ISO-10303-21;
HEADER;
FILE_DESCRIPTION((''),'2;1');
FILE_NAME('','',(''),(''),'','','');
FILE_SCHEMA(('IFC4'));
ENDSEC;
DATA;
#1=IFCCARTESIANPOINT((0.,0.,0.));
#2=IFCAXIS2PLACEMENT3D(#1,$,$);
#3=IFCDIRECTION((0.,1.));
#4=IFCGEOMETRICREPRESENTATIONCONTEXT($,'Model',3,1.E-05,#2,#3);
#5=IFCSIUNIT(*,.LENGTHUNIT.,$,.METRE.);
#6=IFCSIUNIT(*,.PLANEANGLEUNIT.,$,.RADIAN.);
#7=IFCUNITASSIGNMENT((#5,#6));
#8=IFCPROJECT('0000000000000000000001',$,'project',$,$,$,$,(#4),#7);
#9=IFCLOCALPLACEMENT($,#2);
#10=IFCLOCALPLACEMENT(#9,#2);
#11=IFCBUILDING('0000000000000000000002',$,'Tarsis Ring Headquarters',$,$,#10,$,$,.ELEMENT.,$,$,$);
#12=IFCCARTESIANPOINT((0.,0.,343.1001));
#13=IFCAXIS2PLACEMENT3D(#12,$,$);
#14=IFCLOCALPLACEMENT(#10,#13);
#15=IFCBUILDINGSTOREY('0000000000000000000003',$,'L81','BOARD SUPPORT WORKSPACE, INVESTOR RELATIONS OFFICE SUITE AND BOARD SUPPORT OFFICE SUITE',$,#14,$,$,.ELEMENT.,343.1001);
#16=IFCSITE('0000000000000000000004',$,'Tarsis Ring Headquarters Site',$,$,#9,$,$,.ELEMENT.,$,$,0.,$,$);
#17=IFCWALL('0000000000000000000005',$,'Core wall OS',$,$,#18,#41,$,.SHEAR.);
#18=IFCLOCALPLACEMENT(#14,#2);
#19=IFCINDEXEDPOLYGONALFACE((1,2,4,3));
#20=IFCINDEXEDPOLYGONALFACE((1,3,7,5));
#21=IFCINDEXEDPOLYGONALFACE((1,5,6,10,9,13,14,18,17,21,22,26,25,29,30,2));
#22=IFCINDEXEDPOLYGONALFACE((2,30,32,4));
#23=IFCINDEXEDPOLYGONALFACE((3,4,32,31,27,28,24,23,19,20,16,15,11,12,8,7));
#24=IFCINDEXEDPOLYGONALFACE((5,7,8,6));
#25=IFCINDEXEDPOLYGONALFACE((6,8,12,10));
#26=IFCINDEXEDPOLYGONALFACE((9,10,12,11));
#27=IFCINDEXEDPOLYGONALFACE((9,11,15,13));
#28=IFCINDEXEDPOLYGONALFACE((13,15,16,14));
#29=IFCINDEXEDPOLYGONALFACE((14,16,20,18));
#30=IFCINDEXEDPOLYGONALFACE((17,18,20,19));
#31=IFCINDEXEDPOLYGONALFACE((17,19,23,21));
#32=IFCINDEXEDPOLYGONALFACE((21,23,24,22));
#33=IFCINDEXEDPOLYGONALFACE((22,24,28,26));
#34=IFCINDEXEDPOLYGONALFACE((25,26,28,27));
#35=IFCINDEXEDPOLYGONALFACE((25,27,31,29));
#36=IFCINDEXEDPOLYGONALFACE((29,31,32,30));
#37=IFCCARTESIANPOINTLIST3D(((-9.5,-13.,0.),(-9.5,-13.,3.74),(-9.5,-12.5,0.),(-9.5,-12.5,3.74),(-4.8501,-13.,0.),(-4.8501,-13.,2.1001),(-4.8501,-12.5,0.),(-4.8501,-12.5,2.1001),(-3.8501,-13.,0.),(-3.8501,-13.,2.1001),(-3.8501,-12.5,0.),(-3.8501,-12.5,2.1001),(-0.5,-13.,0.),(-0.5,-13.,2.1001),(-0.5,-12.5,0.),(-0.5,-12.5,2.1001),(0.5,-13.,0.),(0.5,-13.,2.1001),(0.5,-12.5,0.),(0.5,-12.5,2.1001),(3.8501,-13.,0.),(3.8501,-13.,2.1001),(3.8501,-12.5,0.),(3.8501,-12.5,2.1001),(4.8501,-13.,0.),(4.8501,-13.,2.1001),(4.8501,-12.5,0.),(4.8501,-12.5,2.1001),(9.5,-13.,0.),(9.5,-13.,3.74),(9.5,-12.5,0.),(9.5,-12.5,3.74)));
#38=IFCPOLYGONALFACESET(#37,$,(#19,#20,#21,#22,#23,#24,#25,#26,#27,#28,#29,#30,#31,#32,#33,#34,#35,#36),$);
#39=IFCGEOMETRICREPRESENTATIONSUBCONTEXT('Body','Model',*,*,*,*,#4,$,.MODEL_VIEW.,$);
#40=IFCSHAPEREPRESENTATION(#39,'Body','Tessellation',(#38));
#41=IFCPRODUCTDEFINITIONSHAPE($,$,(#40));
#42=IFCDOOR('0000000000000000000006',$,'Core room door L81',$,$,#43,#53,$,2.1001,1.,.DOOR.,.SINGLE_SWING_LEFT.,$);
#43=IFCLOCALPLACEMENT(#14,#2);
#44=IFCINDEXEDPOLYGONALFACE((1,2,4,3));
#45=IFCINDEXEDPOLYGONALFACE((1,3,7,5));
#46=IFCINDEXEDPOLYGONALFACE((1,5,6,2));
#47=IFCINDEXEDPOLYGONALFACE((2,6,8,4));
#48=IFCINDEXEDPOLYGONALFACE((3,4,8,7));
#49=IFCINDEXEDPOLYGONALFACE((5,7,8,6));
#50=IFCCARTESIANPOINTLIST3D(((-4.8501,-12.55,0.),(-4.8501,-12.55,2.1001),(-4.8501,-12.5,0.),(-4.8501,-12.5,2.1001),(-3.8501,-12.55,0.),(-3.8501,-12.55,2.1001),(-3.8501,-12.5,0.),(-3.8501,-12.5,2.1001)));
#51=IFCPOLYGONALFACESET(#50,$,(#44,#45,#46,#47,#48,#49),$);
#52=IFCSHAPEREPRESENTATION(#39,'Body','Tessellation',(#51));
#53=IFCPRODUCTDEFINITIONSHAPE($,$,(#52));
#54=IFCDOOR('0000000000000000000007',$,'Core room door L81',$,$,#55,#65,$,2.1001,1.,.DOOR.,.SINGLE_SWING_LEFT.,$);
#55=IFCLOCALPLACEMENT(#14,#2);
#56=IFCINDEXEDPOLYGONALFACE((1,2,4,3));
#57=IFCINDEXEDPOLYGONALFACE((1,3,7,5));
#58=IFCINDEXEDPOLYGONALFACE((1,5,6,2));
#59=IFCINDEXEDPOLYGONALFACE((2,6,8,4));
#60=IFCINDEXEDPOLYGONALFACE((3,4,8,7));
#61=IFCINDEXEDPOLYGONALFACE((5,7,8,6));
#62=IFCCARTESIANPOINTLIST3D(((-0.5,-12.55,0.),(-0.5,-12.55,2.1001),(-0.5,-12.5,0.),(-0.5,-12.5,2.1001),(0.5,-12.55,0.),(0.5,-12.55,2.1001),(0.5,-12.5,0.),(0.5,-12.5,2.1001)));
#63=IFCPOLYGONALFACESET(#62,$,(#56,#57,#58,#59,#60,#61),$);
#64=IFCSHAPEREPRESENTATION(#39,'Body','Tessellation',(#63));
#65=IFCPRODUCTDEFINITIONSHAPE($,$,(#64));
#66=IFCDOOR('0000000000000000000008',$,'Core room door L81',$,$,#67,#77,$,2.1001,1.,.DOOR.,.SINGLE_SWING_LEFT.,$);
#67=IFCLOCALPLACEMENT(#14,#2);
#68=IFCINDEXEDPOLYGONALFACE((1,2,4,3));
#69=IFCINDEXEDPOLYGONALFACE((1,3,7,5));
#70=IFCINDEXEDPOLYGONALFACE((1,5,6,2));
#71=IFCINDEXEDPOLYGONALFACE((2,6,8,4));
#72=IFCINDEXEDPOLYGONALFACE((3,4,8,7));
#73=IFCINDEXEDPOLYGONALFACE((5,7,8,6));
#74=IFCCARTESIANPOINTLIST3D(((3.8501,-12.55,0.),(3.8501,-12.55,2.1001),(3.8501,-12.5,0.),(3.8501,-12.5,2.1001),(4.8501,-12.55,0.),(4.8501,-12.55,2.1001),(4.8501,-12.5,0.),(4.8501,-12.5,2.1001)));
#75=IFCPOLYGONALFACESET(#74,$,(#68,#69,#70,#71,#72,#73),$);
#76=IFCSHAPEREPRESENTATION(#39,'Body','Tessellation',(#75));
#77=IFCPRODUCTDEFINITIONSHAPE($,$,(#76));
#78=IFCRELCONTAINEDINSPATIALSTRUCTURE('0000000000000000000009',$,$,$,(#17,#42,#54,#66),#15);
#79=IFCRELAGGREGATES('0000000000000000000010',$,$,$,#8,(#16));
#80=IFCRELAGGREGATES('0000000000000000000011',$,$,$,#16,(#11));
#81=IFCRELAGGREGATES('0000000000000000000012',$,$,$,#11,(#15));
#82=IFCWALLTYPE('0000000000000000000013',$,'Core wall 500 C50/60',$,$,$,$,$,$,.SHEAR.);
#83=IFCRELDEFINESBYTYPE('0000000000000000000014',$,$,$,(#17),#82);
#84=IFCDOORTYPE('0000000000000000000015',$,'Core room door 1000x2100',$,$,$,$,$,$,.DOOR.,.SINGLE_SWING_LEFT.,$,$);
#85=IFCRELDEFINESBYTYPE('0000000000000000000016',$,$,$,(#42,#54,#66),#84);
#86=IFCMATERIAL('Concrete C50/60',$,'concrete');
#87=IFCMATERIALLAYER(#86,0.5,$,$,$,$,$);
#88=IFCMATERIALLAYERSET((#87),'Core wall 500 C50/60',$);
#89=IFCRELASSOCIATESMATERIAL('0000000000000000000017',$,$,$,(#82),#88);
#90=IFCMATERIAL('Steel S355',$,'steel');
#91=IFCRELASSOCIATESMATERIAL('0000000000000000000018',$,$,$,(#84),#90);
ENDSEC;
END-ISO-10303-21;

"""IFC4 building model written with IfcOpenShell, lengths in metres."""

from ifc_helpers import new_model, si_unit, direction, frame, frame_2d, origin, place, context, subcontext, project, spatial, rectangle, extrude, material, layer, layer_set, type_object, element, fill, save


model = new_model("IFC4")

# Units and contexts
model_context = context("Model", 3, precision=1e-05, world=origin(), true_north=direction((0.0, 1.0)))
body_context = subcontext(model_context, "Body", "Model", "MODEL_VIEW")
ifc_project = project(units=[si_unit("LENGTHUNIT", "METRE"), si_unit("PLANEANGLEUNIT", "RADIAN")], contexts=[model_context])

# Site, building, storey
site_placement = place(None, origin())
site = spatial("IfcSite", under=ifc_project, at=site_placement, Name="Tarsis Ring Headquarters Site", CompositionType="ELEMENT", RefElevation=0.0)
building_placement = place(site_placement, origin())
building = spatial("IfcBuilding", under=site, at=building_placement, Name="Tarsis Ring Headquarters", CompositionType="ELEMENT")
storey_placement = place(building_placement, frame((0.0, 0.0, 343.1001)))
storey = spatial("IfcBuildingStorey", under=building, at=storey_placement, Name="L81", Description="BOARD SUPPORT WORKSPACE, INVESTOR RELATIONS OFFICE SUITE AND BOARD SUPPORT OFFICE SUITE", CompositionType="ELEMENT", Elevation=343.1001)

# Wall, openings, doors
ifc_material_1 = material(Name="Concrete C50/60", Category="concrete")
ifc_layer = layer(ifc_material_1, 0.5)
ifc_layer_set = layer_set([ifc_layer], Name="Core wall 500 C50/60")
wall_type = type_object("IfcWallType", Name="Core wall 500 C50/60", PredefinedType="SHEAR", material=ifc_layer_set)
ifc_material_2 = material(Name="Steel S355", Category="steel")
door_type_1 = type_object("IfcDoorType", Name="Core room door 1000x2100", OperationType="SINGLE_SWING_LEFT", PredefinedType="DOOR", material=ifc_material_2)
wall_1_placement = place(storey_placement, frame((-9.5, -12.75, 0.0), z_axis=(0.0, 0.0, 1.0), x_axis=(1.0, 0.0, 0.0)))
wall_1 = element("IfcWall", 1, at=wall_1_placement, inside=storey, type_object=wall_type, Name="Core wall OS", PredefinedType="SHEAR", context=body_context, shape_type="SweptSolid", body=[
    extrude(rectangle(XDim=19.0, YDim=0.5, at=frame_2d((9.5, 0.0))), origin(), (0.0, 0.0, 1.0), 3.74),
])
opening_1_placement = place(wall_1_placement, frame((4.6499, 0.0, 0.0)))
opening_1 = element("IfcOpeningElement", 2, at=opening_1_placement, cuts=wall_1, PredefinedType="OPENING", context=body_context, shape_type="SweptSolid", body=[
    extrude(rectangle(XDim=1.0, YDim=2.1001, at=frame_2d((0.5, 1.05))), frame((0.0, 0.26, 0.0), z_axis=(0.0, -1.0, 0.0), x_axis=(1.0, 0.0, 0.0)), (0.0, 0.0, 1.0), 0.52),
])
opening_2_placement = place(wall_1_placement, frame((9.0, 0.0, 0.0)))
opening_2 = element("IfcOpeningElement", 3, at=opening_2_placement, cuts=wall_1, PredefinedType="OPENING", context=body_context, shape_type="SweptSolid", body=[
    extrude(rectangle(XDim=1.0, YDim=2.1001, at=frame_2d((0.5, 1.05))), frame((0.0, 0.26, 0.0), z_axis=(0.0, -1.0, 0.0), x_axis=(1.0, 0.0, 0.0)), (0.0, 0.0, 1.0), 0.52),
])
opening_3_placement = place(wall_1_placement, frame((13.3501, 0.0, 0.0)))
opening_3 = element("IfcOpeningElement", 4, at=opening_3_placement, cuts=wall_1, PredefinedType="OPENING", context=body_context, shape_type="SweptSolid", body=[
    extrude(rectangle(XDim=1.0, YDim=2.1001, at=frame_2d((0.5, 1.05))), frame((0.0, 0.26, 0.0), z_axis=(0.0, -1.0, 0.0), x_axis=(1.0, 0.0, 0.0)), (0.0, 0.0, 1.0), 0.52),
])
door_1_placement = place(opening_1_placement, origin())
door_1 = element("IfcDoor", 5, at=door_1_placement, inside=storey, type_object=door_type_1, Name="Core room door L81", OperationType="SINGLE_SWING_LEFT", OverallHeight=2.1001, OverallWidth=1.0, PredefinedType="DOOR", context=body_context, shape_type="SweptSolid", body=[
    extrude(rectangle(XDim=1.0, YDim=2.1001, at=frame_2d((0.5, 1.05))), frame((0.0, 0.25, 0.0), z_axis=(0.0, -1.0, 0.0), x_axis=(1.0, 0.0, 0.0)), (0.0, 0.0, 1.0), 0.05),
])
fill(opening_1, door_1)
door_2_placement = place(opening_2_placement, origin())
door_2 = element("IfcDoor", 6, at=door_2_placement, inside=storey, type_object=door_type_1, Name="Core room door L81", OperationType="SINGLE_SWING_LEFT", OverallHeight=2.1001, OverallWidth=1.0, PredefinedType="DOOR", context=body_context, shape_type="SweptSolid", body=[
    extrude(rectangle(XDim=1.0, YDim=2.1001, at=frame_2d((0.5, 1.05))), frame((0.0, 0.25, 0.0), z_axis=(0.0, -1.0, 0.0), x_axis=(1.0, 0.0, 0.0)), (0.0, 0.0, 1.0), 0.05),
])
fill(opening_2, door_2)
door_3_placement = place(opening_3_placement, origin())
door_3 = element("IfcDoor", 7, at=door_3_placement, inside=storey, type_object=door_type_1, Name="Core room door L81", OperationType="SINGLE_SWING_LEFT", OverallHeight=2.1001, OverallWidth=1.0, PredefinedType="DOOR", context=body_context, shape_type="SweptSolid", body=[
    extrude(rectangle(XDim=1.0, YDim=2.1001, at=frame_2d((0.5, 1.05))), frame((0.0, 0.25, 0.0), z_axis=(0.0, -1.0, 0.0), x_axis=(1.0, 0.0, 0.0)), (0.0, 0.0, 1.0), 0.05),
])
fill(opening_3, door_3)

save(model, "model.ifc")
